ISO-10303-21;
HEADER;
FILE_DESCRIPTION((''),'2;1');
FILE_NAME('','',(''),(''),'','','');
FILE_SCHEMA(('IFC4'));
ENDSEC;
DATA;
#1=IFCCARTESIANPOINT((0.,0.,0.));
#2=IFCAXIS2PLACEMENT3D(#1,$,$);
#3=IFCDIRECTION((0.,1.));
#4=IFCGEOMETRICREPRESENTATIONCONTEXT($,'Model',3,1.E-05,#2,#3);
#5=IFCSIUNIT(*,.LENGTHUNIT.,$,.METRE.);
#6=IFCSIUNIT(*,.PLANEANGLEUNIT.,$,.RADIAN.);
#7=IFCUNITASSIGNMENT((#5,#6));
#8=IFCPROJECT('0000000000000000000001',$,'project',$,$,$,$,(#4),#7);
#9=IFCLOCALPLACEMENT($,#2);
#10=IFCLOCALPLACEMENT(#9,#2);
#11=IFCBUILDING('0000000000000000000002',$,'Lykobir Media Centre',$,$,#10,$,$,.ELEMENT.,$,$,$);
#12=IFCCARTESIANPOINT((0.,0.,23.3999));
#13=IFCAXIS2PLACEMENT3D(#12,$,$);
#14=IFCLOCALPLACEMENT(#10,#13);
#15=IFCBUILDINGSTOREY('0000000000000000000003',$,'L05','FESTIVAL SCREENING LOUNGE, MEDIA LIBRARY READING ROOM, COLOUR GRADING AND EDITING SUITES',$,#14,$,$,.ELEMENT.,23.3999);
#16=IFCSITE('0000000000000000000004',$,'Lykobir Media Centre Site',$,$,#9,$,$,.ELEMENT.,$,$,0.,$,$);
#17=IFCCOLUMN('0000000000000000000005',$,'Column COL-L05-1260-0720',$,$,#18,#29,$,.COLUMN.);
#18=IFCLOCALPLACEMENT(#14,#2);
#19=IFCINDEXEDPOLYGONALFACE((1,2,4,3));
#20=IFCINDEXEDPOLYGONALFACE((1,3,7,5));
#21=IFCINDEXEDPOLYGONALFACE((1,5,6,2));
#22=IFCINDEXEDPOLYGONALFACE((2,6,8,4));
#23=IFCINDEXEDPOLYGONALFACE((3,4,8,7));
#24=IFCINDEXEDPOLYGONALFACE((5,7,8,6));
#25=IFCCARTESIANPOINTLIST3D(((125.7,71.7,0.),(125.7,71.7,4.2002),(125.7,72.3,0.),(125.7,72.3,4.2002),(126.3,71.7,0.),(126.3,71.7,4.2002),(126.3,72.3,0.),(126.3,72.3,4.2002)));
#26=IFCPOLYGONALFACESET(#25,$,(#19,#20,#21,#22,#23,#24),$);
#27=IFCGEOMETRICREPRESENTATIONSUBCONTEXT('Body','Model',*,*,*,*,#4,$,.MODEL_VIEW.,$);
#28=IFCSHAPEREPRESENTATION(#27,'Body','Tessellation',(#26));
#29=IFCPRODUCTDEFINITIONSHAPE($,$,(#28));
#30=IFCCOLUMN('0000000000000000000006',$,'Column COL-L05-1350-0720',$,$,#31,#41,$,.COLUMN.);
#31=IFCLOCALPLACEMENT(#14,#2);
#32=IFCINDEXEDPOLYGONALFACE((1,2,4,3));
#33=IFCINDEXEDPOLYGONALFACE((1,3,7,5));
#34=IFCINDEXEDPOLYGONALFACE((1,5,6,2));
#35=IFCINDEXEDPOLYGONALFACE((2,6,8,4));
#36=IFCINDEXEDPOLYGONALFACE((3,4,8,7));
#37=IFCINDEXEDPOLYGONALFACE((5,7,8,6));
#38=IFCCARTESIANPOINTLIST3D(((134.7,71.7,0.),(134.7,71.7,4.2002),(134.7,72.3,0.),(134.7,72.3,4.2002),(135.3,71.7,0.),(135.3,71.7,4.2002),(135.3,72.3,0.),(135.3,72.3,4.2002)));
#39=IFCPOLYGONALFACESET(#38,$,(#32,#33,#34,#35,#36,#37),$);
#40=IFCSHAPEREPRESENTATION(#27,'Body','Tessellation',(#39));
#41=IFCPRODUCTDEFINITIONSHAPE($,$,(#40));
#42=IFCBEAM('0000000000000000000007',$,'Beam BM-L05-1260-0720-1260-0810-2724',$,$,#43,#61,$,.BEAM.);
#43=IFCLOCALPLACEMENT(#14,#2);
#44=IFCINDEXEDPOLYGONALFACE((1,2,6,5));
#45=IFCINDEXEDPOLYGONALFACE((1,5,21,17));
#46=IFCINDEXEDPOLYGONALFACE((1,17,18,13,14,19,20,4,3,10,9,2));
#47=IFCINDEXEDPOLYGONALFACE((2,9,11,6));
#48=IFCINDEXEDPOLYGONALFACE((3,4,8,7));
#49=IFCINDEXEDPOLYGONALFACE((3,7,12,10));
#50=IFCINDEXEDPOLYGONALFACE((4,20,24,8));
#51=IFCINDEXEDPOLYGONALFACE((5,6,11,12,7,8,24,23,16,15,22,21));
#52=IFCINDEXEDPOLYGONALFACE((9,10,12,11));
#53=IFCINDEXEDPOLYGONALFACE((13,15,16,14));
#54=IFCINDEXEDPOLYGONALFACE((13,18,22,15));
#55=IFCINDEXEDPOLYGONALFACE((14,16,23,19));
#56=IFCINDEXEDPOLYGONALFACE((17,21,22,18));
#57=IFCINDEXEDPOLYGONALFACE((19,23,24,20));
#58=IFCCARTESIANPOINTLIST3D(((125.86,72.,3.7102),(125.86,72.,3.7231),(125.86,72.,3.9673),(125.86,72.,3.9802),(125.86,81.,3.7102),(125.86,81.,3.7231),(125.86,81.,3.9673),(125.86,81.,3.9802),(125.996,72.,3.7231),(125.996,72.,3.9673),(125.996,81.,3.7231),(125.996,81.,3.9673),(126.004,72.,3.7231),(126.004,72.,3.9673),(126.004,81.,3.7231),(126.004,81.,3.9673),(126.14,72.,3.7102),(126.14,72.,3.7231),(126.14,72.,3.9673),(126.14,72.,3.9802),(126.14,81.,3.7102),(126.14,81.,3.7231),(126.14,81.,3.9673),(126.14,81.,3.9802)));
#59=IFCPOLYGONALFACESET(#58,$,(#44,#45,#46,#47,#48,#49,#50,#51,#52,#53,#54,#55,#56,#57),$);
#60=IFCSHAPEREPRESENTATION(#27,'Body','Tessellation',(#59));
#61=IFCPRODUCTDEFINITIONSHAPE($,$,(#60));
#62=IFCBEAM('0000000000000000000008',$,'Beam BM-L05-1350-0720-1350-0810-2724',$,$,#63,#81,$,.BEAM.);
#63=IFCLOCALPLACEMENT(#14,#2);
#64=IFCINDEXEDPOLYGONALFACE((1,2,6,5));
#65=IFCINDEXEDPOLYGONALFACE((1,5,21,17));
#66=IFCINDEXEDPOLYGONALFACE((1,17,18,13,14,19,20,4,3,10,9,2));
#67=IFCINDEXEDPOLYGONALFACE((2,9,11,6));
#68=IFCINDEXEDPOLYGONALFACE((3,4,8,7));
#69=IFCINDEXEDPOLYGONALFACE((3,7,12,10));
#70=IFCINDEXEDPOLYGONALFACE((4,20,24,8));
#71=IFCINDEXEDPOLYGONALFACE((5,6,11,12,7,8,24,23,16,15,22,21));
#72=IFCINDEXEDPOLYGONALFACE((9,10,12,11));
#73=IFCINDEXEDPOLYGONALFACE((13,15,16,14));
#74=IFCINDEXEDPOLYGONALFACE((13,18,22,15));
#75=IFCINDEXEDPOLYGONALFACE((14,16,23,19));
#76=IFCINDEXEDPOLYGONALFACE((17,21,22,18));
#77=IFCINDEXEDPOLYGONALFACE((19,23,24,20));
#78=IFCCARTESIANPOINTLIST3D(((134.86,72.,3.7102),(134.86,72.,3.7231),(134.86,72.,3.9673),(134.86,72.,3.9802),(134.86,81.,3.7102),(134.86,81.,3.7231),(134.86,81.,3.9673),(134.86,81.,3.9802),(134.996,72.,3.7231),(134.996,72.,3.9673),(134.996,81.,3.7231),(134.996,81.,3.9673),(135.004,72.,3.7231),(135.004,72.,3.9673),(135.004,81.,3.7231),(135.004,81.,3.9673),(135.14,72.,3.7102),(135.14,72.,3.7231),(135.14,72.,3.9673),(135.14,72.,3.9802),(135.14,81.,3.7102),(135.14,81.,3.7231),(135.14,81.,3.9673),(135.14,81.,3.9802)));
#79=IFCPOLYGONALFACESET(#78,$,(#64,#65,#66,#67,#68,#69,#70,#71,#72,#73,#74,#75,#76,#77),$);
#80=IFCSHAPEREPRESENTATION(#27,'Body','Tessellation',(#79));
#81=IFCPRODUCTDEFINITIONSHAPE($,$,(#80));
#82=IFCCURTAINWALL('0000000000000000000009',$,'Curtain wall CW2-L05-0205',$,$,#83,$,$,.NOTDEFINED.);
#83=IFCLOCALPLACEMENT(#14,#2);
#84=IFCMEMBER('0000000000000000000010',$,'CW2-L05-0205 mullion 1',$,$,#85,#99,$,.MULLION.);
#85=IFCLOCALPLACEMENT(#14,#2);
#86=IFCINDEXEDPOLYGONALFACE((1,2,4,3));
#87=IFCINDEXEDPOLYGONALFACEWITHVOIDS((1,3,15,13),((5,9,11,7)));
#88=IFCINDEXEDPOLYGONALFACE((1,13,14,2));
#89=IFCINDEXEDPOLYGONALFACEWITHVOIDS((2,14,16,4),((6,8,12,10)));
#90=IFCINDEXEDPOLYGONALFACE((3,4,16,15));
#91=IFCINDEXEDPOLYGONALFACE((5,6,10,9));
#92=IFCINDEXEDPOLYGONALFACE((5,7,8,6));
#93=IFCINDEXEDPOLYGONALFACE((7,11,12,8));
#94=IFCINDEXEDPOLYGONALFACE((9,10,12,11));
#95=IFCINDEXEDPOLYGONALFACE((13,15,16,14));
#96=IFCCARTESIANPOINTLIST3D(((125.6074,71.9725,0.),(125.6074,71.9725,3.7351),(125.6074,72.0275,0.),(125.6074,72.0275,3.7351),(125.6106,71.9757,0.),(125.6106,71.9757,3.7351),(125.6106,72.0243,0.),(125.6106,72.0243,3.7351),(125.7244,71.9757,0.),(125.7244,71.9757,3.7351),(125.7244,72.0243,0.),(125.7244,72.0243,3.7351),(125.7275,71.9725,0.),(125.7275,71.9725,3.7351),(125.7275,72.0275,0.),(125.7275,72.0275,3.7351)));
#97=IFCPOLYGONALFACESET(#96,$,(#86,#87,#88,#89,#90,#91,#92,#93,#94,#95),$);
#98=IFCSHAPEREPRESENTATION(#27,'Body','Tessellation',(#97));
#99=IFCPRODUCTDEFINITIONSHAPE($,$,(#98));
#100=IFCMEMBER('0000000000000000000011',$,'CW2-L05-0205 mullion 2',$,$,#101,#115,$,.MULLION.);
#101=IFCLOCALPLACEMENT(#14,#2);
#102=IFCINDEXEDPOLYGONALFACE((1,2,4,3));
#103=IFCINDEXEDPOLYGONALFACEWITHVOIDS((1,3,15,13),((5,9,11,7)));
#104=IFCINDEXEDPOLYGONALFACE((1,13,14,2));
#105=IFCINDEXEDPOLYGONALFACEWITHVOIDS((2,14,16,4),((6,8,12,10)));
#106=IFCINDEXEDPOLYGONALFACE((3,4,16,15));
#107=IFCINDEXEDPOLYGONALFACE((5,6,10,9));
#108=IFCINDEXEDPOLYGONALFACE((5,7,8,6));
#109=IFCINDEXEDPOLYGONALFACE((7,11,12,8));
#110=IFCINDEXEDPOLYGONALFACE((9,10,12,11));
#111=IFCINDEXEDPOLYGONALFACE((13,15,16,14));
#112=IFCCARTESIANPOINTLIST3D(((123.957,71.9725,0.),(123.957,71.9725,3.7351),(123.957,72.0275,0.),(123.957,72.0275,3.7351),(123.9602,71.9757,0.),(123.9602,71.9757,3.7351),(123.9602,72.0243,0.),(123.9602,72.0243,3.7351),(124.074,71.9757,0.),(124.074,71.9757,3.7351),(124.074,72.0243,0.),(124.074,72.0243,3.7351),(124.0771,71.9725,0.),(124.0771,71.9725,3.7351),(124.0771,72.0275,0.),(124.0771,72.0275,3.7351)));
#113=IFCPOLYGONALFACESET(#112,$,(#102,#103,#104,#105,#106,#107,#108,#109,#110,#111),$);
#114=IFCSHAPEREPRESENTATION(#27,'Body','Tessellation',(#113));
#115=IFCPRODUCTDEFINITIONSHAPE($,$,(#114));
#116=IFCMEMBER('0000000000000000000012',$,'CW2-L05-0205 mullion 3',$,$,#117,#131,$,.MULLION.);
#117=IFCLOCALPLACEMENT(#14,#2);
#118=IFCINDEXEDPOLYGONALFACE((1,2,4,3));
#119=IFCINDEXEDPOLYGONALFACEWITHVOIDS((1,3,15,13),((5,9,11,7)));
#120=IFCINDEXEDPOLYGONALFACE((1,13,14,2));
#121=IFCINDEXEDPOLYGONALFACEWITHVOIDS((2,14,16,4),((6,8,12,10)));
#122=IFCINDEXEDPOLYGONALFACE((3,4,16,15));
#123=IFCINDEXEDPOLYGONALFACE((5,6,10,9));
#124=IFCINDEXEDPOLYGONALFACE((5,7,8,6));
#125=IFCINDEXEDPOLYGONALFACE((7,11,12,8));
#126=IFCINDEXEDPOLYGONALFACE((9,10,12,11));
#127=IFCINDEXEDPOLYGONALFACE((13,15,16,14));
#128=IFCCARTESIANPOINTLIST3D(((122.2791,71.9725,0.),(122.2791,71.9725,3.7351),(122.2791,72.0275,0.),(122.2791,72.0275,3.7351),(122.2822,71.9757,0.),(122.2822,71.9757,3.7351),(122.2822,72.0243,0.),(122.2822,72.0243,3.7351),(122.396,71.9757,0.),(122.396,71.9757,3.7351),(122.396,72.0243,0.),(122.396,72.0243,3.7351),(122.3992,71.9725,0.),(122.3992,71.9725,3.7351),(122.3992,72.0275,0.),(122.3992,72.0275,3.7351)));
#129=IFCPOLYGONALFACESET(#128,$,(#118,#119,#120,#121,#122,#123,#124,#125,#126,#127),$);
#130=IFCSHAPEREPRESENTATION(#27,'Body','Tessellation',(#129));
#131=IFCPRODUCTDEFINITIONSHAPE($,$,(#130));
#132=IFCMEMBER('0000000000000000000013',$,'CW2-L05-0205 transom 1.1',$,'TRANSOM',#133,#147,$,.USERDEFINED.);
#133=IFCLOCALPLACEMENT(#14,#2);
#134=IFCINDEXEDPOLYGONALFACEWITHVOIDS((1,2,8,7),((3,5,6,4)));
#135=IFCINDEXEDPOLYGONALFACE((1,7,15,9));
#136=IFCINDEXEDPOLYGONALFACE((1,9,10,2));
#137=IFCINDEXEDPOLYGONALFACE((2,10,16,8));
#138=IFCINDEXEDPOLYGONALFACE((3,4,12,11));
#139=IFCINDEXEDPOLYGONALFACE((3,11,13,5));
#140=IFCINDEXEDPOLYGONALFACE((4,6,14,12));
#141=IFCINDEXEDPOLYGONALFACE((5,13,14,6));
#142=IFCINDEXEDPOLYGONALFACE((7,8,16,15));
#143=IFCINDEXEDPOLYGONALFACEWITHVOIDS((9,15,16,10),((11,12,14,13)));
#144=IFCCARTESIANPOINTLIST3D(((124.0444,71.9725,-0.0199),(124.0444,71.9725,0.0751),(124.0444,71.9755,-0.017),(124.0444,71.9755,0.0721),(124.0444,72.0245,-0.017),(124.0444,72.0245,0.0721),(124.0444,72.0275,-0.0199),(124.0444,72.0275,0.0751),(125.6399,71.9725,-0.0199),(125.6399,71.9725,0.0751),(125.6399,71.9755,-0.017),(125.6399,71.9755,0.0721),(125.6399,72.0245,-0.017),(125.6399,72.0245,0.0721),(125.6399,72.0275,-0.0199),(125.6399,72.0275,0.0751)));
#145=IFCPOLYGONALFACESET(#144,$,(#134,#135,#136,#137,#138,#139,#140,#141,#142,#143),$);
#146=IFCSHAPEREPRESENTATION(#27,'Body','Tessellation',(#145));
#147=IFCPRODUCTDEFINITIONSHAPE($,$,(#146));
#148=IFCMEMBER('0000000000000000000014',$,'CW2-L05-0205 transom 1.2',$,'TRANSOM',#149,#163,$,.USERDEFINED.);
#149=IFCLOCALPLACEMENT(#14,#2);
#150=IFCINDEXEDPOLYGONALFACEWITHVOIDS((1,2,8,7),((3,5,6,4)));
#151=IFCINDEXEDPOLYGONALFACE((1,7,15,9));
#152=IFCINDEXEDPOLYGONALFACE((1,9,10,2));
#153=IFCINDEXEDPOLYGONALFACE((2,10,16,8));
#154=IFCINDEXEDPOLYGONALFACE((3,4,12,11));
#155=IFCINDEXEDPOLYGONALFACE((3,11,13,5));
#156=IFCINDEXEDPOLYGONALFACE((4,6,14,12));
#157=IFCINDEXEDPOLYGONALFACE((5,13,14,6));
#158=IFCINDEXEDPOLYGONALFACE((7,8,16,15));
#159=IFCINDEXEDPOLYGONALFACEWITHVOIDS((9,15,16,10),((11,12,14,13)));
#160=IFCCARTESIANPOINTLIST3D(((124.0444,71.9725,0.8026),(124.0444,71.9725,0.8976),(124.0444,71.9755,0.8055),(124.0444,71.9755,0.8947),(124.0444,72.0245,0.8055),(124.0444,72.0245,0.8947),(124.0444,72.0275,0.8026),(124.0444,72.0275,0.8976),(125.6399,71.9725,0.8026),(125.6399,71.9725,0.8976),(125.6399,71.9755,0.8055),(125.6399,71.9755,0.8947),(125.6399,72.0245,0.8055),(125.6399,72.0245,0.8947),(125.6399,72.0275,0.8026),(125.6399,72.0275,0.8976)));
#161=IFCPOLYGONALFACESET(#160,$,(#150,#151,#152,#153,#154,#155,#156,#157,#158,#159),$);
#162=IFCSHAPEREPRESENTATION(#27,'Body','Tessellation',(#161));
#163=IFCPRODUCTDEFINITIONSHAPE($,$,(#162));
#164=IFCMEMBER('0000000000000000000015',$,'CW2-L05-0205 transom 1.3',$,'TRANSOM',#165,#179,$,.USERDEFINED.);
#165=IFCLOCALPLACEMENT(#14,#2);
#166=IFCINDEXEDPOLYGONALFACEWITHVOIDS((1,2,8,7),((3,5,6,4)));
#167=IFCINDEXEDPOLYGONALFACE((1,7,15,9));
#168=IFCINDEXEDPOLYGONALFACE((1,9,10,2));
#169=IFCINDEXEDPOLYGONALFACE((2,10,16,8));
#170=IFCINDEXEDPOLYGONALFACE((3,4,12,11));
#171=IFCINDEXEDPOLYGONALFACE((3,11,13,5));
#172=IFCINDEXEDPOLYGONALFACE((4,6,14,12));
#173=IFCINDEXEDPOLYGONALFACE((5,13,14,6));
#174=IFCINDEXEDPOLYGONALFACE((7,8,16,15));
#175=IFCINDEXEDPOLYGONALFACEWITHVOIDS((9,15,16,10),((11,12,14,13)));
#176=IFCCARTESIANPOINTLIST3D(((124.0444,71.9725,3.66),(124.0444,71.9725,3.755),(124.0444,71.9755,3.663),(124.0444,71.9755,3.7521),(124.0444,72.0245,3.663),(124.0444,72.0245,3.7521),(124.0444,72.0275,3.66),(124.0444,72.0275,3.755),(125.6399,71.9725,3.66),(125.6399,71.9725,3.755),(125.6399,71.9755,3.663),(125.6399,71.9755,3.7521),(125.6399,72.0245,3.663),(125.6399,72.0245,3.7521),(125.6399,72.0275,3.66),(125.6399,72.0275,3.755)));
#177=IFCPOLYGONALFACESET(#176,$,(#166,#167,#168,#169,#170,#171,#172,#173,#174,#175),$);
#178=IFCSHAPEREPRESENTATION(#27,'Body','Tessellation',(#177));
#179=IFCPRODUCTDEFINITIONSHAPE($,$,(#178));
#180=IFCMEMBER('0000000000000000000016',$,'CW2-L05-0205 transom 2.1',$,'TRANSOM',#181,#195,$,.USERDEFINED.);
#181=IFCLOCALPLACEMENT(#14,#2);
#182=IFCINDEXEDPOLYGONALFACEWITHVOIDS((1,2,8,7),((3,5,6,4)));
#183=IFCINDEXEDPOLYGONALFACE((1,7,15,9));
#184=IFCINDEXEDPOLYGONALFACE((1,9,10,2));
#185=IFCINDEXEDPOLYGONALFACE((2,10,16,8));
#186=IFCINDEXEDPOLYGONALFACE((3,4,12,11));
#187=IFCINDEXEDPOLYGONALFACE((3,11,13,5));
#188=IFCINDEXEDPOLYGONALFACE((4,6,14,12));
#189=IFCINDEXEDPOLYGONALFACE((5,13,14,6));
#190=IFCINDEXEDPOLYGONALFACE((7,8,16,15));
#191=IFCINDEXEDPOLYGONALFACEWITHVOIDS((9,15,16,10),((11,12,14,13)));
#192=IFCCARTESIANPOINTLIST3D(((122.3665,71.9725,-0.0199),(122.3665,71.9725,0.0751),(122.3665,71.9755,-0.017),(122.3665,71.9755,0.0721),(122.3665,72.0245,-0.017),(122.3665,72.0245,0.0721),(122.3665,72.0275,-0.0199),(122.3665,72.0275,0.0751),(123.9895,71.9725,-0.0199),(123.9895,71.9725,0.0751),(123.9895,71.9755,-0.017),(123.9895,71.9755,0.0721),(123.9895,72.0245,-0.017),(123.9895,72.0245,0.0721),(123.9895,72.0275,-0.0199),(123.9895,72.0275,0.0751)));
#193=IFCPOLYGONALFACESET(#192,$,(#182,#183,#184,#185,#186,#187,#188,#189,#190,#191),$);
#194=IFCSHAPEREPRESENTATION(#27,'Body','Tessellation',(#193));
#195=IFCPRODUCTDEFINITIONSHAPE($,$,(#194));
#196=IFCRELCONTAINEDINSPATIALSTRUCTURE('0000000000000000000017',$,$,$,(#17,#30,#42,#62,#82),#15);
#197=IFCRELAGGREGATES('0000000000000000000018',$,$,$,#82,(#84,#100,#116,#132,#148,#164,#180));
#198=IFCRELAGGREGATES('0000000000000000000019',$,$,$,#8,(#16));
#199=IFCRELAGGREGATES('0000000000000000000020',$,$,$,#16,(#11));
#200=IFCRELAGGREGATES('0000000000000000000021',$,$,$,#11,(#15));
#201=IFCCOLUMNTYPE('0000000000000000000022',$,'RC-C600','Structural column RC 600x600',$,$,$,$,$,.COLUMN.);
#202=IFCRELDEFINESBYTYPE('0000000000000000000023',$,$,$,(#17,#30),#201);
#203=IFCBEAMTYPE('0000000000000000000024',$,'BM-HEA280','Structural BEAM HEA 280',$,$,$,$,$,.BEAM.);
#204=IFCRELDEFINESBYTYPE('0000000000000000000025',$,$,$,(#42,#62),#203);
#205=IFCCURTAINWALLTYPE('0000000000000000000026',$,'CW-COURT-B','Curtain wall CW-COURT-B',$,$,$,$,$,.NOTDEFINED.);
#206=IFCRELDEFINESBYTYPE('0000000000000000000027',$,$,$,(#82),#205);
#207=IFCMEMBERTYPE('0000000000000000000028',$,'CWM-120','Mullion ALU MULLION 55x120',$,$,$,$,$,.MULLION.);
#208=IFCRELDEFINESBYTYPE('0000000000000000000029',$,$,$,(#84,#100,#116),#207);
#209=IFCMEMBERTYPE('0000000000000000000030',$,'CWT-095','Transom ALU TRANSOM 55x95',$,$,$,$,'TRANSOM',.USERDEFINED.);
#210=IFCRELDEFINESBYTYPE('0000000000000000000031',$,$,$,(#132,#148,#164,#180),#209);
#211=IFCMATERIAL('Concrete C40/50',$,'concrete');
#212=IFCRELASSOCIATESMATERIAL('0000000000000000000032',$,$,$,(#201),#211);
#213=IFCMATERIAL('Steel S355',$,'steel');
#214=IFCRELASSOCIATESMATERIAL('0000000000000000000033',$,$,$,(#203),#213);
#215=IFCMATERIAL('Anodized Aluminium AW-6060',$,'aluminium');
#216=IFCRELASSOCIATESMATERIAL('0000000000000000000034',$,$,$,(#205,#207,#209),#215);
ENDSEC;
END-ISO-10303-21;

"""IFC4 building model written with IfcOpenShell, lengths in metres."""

from ifc_helpers import new_model, si_unit, direction, frame, origin, origin_2d, place, context, subcontext, project, spatial, rectangle, hollow_rectangle, i_section, extrude, material, material_profile, profile_set, type_object, element, aggregate, save


model = new_model("IFC4")

# Units and contexts
model_context = context("Model", 3, precision=1e-05, world=origin(), true_north=direction((0.0, 1.0)))
body_context = subcontext(model_context, "Body", "Model", "MODEL_VIEW")
ifc_project = project(units=[si_unit("LENGTHUNIT", "METRE"), si_unit("PLANEANGLEUNIT", "RADIAN")], contexts=[model_context])

# Site, building, storey
site_placement = place(None, origin())
site = spatial("IfcSite", under=ifc_project, at=site_placement, Name="Lykobir Media Centre Site", CompositionType="ELEMENT", RefElevation=0.0)
building_placement = place(site_placement, origin())
building = spatial("IfcBuilding", under=site, at=building_placement, Name="Lykobir Media Centre", CompositionType="ELEMENT")
storey_placement = place(building_placement, frame((0.0, 0.0, 23.3999)))
storey = spatial("IfcBuildingStorey", under=building, at=storey_placement, Name="L05", Description="FESTIVAL SCREENING LOUNGE, MEDIA LIBRARY READING ROOM, COLOUR GRADING AND EDITING SUITES", CompositionType="ELEMENT", Elevation=23.3999)

# Columns
ifc_material_1 = material(Name="Concrete C40/50", Category="concrete")
ifc_material_profile_1 = material_profile(ifc_material_1, rectangle(XDim=0.6001, YDim=0.6001, at=origin_2d()), Name="RC 600x600")
ifc_profile_set_1 = profile_set([ifc_material_profile_1], Name="Concrete C40/50")
column_type = type_object("IfcColumnType", Name="RC-C600", Description="Structural column RC 600x600", PredefinedType="COLUMN", material=ifc_profile_set_1)
for number, where, z_axis, x_axis, name in (
    (1, (126.0, 72.0, 0.0), (0.0, 0.0, 1.0), (1.0, 0.0, 0.0), "Column COL-L05-1260-0720"),
    (2, (135.0, 72.0, 0.0), (0.0, 0.0, 1.0), (1.0, 0.0, 0.0), "Column COL-L05-1350-0720"),
):
    element("IfcColumn", number, at=place(storey_placement, frame(where, z_axis=z_axis, x_axis=x_axis)), inside=storey, type_object=column_type, Name=name, PredefinedType="COLUMN", context=body_context, shape_type="SweptSolid", body=[
        extrude(rectangle(XDim=0.6001, YDim=0.6001, at=origin_2d()), origin(), (0.0, 0.0, 1.0), 4.2002),
    ])

# Beams
ifc_material_2 = material(Name="Steel S355", Category="steel")
ifc_material_profile_2 = material_profile(ifc_material_2, i_section(OverallWidth=0.28, OverallDepth=0.27, WebThickness=0.0081, FlangeThickness=0.0129, at=origin_2d()), Name="HEA 280")
ifc_profile_set_2 = profile_set([ifc_material_profile_2], Name="Steel S355")
beam_type_1 = type_object("IfcBeamType", Name="BM-HEA280", Description="Structural BEAM HEA 280", PredefinedType="BEAM", material=ifc_profile_set_2)
for number, where, z_axis, x_axis, name in (
    (3, (126.0, 72.0, 3.8452), (0.0, 1.0, 0.0), (-1.0, 0.0, 0.0), "Beam BM-L05-1260-0720-1260-0810-2724"),
    (4, (135.0, 72.0, 3.8452), (0.0, 1.0, 0.0), (-1.0, 0.0, 0.0), "Beam BM-L05-1350-0720-1350-0810-2724"),
):
    element("IfcBeam", number, at=place(storey_placement, frame(where, z_axis=z_axis, x_axis=x_axis)), inside=storey, type_object=beam_type_1, Name=name, PredefinedType="BEAM", context=body_context, shape_type="SweptSolid", body=[
        extrude(i_section(OverallWidth=0.28, OverallDepth=0.27, WebThickness=0.0081, FlangeThickness=0.0129, at=origin_2d()), origin(), (0.0, 0.0, 1.0), 9.0),
    ])

# Curtain wall, members
ifc_material_3 = material(Name="Anodized Aluminium AW-6060", Category="aluminium")
curtain_wall_type = type_object("IfcCurtainWallType", Name="CW-COURT-B", Description="Curtain wall CW-COURT-B", PredefinedType="NOTDEFINED", material=ifc_material_3)
curtain_wall_placement = place(storey_placement, origin())
curtain_wall = element("IfcCurtainWall", 5, at=curtain_wall_placement, inside=storey, type_object=curtain_wall_type, Name="Curtain wall CW2-L05-0205", PredefinedType="NOTDEFINED")
ifc_material_profile_3 = material_profile(ifc_material_3, hollow_rectangle(XDim=0.0549, YDim=0.1201, WallThickness=0.0032, at=origin_2d()), Name="ALU MULLION 55x120")
ifc_profile_set_3 = profile_set([ifc_material_profile_3], Name="Anodized Aluminium AW-6060")
member_type_1 = type_object("IfcMemberType", Name="CWM-120", Description="Mullion ALU MULLION 55x120", PredefinedType="MULLION", material=ifc_profile_set_3)
member_1_placement = place(storey_placement, frame((125.6675, 72.0, 0.0), z_axis=(0.0, 0.0, 1.0), x_axis=(0.0, -1.0, 0.0)))
member_1 = element("IfcMember", 6, at=member_1_placement, type_object=member_type_1, Name="CW2-L05-0205 mullion 1", PredefinedType="MULLION", context=body_context, shape_type="SweptSolid", body=[
    extrude(hollow_rectangle(XDim=0.0549, YDim=0.1201, WallThickness=0.0032, at=origin_2d()), origin(), (0.0, 0.0, 1.0), 3.7351),
])
member_2_placement = place(storey_placement, frame((124.0171, 72.0, 0.0), z_axis=(0.0, 0.0, 1.0), x_axis=(0.0, -1.0, 0.0)))
member_2 = element("IfcMember", 7, at=member_2_placement, type_object=member_type_1, Name="CW2-L05-0205 mullion 2", PredefinedType="MULLION", context=body_context, shape_type="SweptSolid", body=[
    extrude(hollow_rectangle(XDim=0.0549, YDim=0.1201, WallThickness=0.0032, at=origin_2d()), origin(), (0.0, 0.0, 1.0), 3.7351),
])
member_3_placement = place(storey_placement, frame((122.3391, 72.0, 0.0), z_axis=(0.0, 0.0, 1.0), x_axis=(0.0, -1.0, 0.0)))
member_3 = element("IfcMember", 8, at=member_3_placement, type_object=member_type_1, Name="CW2-L05-0205 mullion 3", PredefinedType="MULLION", context=body_context, shape_type="SweptSolid", body=[
    extrude(hollow_rectangle(XDim=0.0549, YDim=0.1201, WallThickness=0.0032, at=origin_2d()), origin(), (0.0, 0.0, 1.0), 3.7351),
])
ifc_material_profile_4 = material_profile(ifc_material_3, hollow_rectangle(XDim=0.0549, YDim=0.095, WallThickness=0.0029, at=origin_2d()), Name="ALU TRANSOM 55x95")
ifc_profile_set_4 = profile_set([ifc_material_profile_4], Name="Anodized Aluminium AW-6060")
member_type_2 = type_object("IfcMemberType", Name="CWT-095", Description="Transom ALU TRANSOM 55x95", ElementType="TRANSOM", PredefinedType="USERDEFINED", material=ifc_profile_set_4)
member_4_placement = place(storey_placement, frame((125.6399, 72.0, 0.0276), z_axis=(-1.0, 0.0, 0.0), x_axis=(0.0, -1.0, 0.0)))
member_4 = element("IfcMember", 9, at=member_4_placement, type_object=member_type_2, Name="CW2-L05-0205 transom 1.1", ObjectType="TRANSOM", PredefinedType="USERDEFINED", context=body_context, shape_type="SweptSolid", body=[
    extrude(hollow_rectangle(XDim=0.0549, YDim=0.095, WallThickness=0.0029, at=origin_2d()), origin(), (0.0, 0.0, 1.0), 1.5955),
])
member_5_placement = place(storey_placement, frame((125.6399, 72.0, 0.8501), z_axis=(-1.0, 0.0, 0.0), x_axis=(0.0, -1.0, 0.0)))
member_5 = element("IfcMember", 10, at=member_5_placement, type_object=member_type_2, Name="CW2-L05-0205 transom 1.2", ObjectType="TRANSOM", PredefinedType="USERDEFINED", context=body_context, shape_type="SweptSolid", body=[
    extrude(hollow_rectangle(XDim=0.0549, YDim=0.095, WallThickness=0.0029, at=origin_2d()), origin(), (0.0, 0.0, 1.0), 1.5955),
])
member_6_placement = place(storey_placement, frame((125.6399, 72.0, 3.7075), z_axis=(-1.0, 0.0, 0.0), x_axis=(0.0, -1.0, 0.0)))
member_6 = element("IfcMember", 11, at=member_6_placement, type_object=member_type_2, Name="CW2-L05-0205 transom 1.3", ObjectType="TRANSOM", PredefinedType="USERDEFINED", context=body_context, shape_type="SweptSolid", body=[
    extrude(hollow_rectangle(XDim=0.0549, YDim=0.095, WallThickness=0.0029, at=origin_2d()), origin(), (0.0, 0.0, 1.0), 1.5955),
])
member_7_placement = place(storey_placement, frame((123.9895, 72.0, 0.0276), z_axis=(-1.0, 0.0, 0.0), x_axis=(0.0, -1.0, 0.0)))
member_7 = element("IfcMember", 12, at=member_7_placement, type_object=member_type_2, Name="CW2-L05-0205 transom 2.1", ObjectType="TRANSOM", PredefinedType="USERDEFINED", context=body_context, shape_type="SweptSolid", body=[
    extrude(hollow_rectangle(XDim=0.0549, YDim=0.095, WallThickness=0.0029, at=origin_2d()), origin(), (0.0, 0.0, 1.0), 1.623),
])

aggregate(curtain_wall, [member_1, member_2, member_3, member_4, member_5, member_6, member_7])

save(model, "model.ifc")
